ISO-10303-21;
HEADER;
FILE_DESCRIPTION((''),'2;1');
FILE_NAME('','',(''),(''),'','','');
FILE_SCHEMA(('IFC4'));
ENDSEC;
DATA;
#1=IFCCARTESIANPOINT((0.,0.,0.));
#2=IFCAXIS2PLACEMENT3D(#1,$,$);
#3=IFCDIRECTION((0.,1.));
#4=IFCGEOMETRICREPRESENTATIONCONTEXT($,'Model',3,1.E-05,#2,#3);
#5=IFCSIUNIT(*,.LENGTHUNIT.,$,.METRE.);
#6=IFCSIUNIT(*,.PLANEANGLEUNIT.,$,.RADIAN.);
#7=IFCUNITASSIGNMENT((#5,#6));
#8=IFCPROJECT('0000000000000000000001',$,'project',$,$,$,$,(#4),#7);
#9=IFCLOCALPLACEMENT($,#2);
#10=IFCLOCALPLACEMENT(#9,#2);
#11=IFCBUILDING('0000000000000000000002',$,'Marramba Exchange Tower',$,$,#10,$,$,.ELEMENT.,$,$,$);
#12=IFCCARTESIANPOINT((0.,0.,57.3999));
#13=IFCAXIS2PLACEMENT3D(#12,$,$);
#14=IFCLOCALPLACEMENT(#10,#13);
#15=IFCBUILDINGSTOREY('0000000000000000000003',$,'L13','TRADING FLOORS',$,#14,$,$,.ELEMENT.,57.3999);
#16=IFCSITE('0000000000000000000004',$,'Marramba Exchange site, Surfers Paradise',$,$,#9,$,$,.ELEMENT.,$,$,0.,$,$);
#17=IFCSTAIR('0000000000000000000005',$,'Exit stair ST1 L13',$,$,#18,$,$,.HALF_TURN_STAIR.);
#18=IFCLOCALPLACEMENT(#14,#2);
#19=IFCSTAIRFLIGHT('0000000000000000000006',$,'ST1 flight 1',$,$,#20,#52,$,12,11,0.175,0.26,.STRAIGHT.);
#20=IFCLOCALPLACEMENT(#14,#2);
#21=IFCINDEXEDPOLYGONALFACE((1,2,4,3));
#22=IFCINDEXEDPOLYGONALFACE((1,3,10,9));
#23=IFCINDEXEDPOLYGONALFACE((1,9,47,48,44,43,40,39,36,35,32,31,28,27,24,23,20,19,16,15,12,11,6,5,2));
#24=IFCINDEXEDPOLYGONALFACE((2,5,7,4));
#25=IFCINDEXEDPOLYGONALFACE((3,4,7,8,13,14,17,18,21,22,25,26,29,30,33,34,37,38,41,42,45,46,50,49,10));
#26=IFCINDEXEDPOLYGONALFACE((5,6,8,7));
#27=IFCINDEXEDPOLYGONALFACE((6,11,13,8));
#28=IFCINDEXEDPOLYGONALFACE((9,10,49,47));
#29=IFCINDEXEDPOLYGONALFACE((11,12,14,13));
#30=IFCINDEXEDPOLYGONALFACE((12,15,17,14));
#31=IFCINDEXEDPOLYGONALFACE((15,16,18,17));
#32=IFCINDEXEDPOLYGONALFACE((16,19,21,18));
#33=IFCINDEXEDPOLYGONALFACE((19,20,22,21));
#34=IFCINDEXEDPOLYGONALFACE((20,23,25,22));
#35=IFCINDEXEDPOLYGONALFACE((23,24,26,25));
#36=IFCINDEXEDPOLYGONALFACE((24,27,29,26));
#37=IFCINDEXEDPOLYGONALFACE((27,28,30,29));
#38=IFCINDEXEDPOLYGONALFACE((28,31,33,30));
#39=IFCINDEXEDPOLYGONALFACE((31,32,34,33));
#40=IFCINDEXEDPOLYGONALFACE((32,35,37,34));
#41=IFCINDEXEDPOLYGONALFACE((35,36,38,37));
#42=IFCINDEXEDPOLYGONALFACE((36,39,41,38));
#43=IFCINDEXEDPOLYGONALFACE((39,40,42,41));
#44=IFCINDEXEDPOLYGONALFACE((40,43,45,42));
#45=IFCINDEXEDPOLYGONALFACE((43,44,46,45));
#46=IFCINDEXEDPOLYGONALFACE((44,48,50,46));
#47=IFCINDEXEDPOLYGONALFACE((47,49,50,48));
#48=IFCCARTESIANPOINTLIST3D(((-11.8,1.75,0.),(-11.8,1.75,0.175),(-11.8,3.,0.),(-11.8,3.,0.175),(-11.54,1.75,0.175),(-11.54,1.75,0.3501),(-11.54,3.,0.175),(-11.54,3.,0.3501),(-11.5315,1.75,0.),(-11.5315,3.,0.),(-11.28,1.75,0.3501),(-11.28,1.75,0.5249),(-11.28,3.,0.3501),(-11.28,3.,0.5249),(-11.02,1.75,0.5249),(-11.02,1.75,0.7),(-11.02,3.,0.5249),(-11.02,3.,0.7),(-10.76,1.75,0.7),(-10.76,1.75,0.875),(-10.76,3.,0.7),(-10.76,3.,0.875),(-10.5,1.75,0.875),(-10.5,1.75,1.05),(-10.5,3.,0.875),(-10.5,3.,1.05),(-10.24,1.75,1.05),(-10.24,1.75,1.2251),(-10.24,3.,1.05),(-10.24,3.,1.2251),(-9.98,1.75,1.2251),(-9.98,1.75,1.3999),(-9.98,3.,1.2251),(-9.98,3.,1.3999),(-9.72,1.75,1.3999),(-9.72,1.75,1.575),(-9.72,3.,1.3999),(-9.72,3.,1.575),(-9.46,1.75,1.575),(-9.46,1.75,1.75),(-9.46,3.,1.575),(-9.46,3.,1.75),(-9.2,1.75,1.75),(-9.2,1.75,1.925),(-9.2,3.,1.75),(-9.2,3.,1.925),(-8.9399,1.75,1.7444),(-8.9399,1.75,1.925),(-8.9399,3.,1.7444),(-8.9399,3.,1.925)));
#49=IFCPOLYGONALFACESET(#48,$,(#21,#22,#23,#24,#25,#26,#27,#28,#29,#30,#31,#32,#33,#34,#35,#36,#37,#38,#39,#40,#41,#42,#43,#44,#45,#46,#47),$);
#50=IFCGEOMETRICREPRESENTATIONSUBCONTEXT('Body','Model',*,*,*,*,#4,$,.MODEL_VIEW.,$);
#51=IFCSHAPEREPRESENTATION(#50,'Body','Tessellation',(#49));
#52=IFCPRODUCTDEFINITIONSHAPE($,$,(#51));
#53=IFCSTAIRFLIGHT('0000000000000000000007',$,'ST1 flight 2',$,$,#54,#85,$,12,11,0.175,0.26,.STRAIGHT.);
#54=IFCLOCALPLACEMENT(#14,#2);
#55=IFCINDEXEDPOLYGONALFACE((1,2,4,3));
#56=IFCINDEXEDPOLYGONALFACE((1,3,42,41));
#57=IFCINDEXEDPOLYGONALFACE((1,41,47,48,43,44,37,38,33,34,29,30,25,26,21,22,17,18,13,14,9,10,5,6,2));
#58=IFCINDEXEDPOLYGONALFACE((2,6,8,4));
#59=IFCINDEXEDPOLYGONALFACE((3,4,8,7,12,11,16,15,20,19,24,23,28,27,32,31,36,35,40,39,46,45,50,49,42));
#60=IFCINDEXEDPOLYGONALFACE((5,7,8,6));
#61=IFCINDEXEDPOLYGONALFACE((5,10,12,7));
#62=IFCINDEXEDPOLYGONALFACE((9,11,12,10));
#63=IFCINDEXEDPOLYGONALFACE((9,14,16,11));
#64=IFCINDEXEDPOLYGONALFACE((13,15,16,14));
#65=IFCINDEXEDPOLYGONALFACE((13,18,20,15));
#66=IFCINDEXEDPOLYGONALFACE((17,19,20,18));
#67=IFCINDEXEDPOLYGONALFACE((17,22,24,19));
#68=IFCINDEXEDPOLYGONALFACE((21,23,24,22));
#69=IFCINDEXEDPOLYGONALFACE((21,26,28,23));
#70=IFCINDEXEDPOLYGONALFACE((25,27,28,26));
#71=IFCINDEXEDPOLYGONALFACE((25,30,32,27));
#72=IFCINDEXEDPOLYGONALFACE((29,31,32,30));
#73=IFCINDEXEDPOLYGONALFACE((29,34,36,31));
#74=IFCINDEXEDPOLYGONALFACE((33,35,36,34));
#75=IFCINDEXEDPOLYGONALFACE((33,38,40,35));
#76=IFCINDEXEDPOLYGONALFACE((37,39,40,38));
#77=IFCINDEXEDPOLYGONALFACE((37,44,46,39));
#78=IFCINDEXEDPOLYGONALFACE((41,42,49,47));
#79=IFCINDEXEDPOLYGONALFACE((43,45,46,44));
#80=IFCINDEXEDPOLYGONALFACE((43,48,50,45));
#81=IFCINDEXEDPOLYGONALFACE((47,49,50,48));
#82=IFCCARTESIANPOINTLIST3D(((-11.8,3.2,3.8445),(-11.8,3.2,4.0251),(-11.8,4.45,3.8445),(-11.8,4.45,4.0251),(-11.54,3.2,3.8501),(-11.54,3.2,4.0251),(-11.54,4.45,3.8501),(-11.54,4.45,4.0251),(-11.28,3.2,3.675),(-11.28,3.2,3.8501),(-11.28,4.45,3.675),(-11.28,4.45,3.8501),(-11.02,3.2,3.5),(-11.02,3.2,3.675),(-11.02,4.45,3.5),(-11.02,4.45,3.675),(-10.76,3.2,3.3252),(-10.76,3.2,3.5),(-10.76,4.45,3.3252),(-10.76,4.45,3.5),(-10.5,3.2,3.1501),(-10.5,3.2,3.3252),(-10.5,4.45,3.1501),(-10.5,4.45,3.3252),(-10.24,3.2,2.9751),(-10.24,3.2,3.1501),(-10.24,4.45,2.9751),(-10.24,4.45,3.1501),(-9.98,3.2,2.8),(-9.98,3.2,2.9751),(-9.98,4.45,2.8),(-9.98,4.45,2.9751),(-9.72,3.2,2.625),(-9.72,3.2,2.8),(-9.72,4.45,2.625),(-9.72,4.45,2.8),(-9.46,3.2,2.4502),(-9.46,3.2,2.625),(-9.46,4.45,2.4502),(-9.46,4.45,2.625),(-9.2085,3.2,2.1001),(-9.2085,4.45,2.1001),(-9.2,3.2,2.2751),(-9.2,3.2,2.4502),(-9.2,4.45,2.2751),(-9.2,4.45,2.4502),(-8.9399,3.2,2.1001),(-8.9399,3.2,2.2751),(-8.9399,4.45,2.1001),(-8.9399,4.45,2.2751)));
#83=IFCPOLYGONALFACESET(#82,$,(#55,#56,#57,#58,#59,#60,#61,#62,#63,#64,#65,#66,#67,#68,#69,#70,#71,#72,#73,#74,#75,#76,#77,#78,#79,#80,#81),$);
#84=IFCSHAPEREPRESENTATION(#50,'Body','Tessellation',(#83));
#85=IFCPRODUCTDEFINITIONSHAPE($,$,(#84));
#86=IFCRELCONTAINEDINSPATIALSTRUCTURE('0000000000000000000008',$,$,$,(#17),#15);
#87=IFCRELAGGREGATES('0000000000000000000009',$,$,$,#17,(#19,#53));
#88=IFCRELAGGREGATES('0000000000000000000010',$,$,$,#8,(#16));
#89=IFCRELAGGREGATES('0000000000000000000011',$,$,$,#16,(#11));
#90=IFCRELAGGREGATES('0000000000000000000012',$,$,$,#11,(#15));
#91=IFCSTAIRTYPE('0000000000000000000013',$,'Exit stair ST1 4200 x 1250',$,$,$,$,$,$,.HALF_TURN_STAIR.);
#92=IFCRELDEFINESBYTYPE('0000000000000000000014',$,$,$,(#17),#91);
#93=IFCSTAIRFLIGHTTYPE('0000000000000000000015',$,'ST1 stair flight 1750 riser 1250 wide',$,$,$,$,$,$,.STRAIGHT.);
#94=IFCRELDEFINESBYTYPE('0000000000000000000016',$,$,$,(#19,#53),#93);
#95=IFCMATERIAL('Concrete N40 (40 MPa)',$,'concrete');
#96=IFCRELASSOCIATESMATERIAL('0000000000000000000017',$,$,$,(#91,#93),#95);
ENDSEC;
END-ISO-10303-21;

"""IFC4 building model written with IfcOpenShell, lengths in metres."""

from ifc_helpers import new_model, si_unit, direction, frame, origin, place, context, subcontext, project, spatial, polyline, outline, extrude, material, type_object, element, aggregate, save


model = new_model("IFC4")

# Units and contexts
model_context = context("Model", 3, precision=1e-05, world=origin(), true_north=direction((0.0, 1.0)))
body_context = subcontext(model_context, "Body", "Model", "MODEL_VIEW")
ifc_project = project(units=[si_unit("LENGTHUNIT", "METRE"), si_unit("PLANEANGLEUNIT", "RADIAN")], contexts=[model_context])

# Site, building, storey
site_placement = place(None, origin())
site = spatial("IfcSite", under=ifc_project, at=site_placement, Name="Marramba Exchange site, Surfers Paradise", CompositionType="ELEMENT", RefElevation=0.0)
building_placement = place(site_placement, origin())
building = spatial("IfcBuilding", under=site, at=building_placement, Name="Marramba Exchange Tower", CompositionType="ELEMENT")
storey_placement = place(building_placement, frame((0.0, 0.0, 57.3999)))
storey = spatial("IfcBuildingStorey", under=building, at=storey_placement, Name="L13", Description="TRADING FLOORS", CompositionType="ELEMENT", Elevation=57.3999)

# Stair
ifc_material_1 = material(Name="Concrete N40 (40 MPa)", Category="concrete")
stair_type = type_object("IfcStairType", Name="Exit stair ST1 4200 x 1250", PredefinedType="HALF_TURN_STAIR", material=ifc_material_1)
stair_placement = place(storey_placement, origin())
stair = element("IfcStair", 1, at=stair_placement, inside=storey, type_object=stair_type, Name="Exit stair ST1 L13", PredefinedType="HALF_TURN_STAIR")

# Stair flights
stair_flight_type = type_object("IfcStairFlightType", Name="ST1 stair flight 1750 riser 1250 wide", PredefinedType="STRAIGHT", material=ifc_material_1)
stair_flight_1_placement = place(storey_placement, frame((-11.8, 2.375, 0.0), z_axis=(0.0, 0.0, 1.0), x_axis=(1.0, 0.0, 0.0)))
stair_flight_1 = element("IfcStairFlight", 2, at=stair_flight_1_placement, type_object=stair_flight_type, Name="ST1 flight 1", NumberOfRisers=12, NumberOfTreads=11, PredefinedType="STRAIGHT", RiserHeight=0.175, TreadLength=0.26, context=body_context, shape_type="SweptSolid", body=[
    extrude(outline(polyline([(0.0, 0.0), (0.0, 0.175), (0.26, 0.175), (0.26, 0.3501), (0.52, 0.3501), (0.52, 0.5249), (0.78, 0.5249), (0.78, 0.7), (1.04, 0.7), (1.04, 0.875), (1.3, 0.875), (1.3, 1.05), (1.5601, 1.05), (1.5601, 1.2251), (1.8201, 1.2251), (1.8201, 1.3999), (2.0801, 1.3999), (2.0801, 1.575), (2.3401, 1.575), (2.3401, 1.75), (2.6001, 1.75), (2.6001, 1.925), (2.8601, 1.925), (2.8601, 2.1001), (2.8601, 1.7444), (0.2686, 0.0), (0.0, 0.0)])), frame((0.0, 0.625, 0.0), z_axis=(0.0, -1.0, 0.0), x_axis=(1.0, 0.0, 0.0)), (0.0, 0.0, 1.0), 1.25),
])
stair_flight_2_placement = place(storey_placement, frame((-8.9399, 3.825, 2.1001), z_axis=(0.0, 0.0, 1.0), x_axis=(-1.0, 0.0, 0.0)))
stair_flight_2 = element("IfcStairFlight", 3, at=stair_flight_2_placement, type_object=stair_flight_type, Name="ST1 flight 2", NumberOfRisers=12, NumberOfTreads=11, PredefinedType="STRAIGHT", RiserHeight=0.175, TreadLength=0.26, context=body_context, shape_type="SweptSolid", body=[
    extrude(outline(polyline([(0.0, 0.0), (0.0, 0.175), (0.26, 0.175), (0.26, 0.3501), (0.52, 0.3501), (0.52, 0.5249), (0.78, 0.5249), (0.78, 0.7), (1.04, 0.7), (1.04, 0.875), (1.3, 0.875), (1.3, 1.05), (1.5601, 1.05), (1.5601, 1.2251), (1.8201, 1.2251), (1.8201, 1.3999), (2.0801, 1.3999), (2.0801, 1.575), (2.3401, 1.575), (2.3401, 1.75), (2.6001, 1.75), (2.6001, 1.925), (2.8601, 1.925), (2.8601, 2.1001), (2.8601, 1.7444), (0.2686, 0.0), (0.0, 0.0)])), frame((0.0, 0.625, 0.0), z_axis=(0.0, -1.0, 0.0), x_axis=(1.0, 0.0, 0.0)), (0.0, 0.0, 1.0), 1.25),
])
aggregate(stair, [stair_flight_1, stair_flight_2])

save(model, "model.ifc")
